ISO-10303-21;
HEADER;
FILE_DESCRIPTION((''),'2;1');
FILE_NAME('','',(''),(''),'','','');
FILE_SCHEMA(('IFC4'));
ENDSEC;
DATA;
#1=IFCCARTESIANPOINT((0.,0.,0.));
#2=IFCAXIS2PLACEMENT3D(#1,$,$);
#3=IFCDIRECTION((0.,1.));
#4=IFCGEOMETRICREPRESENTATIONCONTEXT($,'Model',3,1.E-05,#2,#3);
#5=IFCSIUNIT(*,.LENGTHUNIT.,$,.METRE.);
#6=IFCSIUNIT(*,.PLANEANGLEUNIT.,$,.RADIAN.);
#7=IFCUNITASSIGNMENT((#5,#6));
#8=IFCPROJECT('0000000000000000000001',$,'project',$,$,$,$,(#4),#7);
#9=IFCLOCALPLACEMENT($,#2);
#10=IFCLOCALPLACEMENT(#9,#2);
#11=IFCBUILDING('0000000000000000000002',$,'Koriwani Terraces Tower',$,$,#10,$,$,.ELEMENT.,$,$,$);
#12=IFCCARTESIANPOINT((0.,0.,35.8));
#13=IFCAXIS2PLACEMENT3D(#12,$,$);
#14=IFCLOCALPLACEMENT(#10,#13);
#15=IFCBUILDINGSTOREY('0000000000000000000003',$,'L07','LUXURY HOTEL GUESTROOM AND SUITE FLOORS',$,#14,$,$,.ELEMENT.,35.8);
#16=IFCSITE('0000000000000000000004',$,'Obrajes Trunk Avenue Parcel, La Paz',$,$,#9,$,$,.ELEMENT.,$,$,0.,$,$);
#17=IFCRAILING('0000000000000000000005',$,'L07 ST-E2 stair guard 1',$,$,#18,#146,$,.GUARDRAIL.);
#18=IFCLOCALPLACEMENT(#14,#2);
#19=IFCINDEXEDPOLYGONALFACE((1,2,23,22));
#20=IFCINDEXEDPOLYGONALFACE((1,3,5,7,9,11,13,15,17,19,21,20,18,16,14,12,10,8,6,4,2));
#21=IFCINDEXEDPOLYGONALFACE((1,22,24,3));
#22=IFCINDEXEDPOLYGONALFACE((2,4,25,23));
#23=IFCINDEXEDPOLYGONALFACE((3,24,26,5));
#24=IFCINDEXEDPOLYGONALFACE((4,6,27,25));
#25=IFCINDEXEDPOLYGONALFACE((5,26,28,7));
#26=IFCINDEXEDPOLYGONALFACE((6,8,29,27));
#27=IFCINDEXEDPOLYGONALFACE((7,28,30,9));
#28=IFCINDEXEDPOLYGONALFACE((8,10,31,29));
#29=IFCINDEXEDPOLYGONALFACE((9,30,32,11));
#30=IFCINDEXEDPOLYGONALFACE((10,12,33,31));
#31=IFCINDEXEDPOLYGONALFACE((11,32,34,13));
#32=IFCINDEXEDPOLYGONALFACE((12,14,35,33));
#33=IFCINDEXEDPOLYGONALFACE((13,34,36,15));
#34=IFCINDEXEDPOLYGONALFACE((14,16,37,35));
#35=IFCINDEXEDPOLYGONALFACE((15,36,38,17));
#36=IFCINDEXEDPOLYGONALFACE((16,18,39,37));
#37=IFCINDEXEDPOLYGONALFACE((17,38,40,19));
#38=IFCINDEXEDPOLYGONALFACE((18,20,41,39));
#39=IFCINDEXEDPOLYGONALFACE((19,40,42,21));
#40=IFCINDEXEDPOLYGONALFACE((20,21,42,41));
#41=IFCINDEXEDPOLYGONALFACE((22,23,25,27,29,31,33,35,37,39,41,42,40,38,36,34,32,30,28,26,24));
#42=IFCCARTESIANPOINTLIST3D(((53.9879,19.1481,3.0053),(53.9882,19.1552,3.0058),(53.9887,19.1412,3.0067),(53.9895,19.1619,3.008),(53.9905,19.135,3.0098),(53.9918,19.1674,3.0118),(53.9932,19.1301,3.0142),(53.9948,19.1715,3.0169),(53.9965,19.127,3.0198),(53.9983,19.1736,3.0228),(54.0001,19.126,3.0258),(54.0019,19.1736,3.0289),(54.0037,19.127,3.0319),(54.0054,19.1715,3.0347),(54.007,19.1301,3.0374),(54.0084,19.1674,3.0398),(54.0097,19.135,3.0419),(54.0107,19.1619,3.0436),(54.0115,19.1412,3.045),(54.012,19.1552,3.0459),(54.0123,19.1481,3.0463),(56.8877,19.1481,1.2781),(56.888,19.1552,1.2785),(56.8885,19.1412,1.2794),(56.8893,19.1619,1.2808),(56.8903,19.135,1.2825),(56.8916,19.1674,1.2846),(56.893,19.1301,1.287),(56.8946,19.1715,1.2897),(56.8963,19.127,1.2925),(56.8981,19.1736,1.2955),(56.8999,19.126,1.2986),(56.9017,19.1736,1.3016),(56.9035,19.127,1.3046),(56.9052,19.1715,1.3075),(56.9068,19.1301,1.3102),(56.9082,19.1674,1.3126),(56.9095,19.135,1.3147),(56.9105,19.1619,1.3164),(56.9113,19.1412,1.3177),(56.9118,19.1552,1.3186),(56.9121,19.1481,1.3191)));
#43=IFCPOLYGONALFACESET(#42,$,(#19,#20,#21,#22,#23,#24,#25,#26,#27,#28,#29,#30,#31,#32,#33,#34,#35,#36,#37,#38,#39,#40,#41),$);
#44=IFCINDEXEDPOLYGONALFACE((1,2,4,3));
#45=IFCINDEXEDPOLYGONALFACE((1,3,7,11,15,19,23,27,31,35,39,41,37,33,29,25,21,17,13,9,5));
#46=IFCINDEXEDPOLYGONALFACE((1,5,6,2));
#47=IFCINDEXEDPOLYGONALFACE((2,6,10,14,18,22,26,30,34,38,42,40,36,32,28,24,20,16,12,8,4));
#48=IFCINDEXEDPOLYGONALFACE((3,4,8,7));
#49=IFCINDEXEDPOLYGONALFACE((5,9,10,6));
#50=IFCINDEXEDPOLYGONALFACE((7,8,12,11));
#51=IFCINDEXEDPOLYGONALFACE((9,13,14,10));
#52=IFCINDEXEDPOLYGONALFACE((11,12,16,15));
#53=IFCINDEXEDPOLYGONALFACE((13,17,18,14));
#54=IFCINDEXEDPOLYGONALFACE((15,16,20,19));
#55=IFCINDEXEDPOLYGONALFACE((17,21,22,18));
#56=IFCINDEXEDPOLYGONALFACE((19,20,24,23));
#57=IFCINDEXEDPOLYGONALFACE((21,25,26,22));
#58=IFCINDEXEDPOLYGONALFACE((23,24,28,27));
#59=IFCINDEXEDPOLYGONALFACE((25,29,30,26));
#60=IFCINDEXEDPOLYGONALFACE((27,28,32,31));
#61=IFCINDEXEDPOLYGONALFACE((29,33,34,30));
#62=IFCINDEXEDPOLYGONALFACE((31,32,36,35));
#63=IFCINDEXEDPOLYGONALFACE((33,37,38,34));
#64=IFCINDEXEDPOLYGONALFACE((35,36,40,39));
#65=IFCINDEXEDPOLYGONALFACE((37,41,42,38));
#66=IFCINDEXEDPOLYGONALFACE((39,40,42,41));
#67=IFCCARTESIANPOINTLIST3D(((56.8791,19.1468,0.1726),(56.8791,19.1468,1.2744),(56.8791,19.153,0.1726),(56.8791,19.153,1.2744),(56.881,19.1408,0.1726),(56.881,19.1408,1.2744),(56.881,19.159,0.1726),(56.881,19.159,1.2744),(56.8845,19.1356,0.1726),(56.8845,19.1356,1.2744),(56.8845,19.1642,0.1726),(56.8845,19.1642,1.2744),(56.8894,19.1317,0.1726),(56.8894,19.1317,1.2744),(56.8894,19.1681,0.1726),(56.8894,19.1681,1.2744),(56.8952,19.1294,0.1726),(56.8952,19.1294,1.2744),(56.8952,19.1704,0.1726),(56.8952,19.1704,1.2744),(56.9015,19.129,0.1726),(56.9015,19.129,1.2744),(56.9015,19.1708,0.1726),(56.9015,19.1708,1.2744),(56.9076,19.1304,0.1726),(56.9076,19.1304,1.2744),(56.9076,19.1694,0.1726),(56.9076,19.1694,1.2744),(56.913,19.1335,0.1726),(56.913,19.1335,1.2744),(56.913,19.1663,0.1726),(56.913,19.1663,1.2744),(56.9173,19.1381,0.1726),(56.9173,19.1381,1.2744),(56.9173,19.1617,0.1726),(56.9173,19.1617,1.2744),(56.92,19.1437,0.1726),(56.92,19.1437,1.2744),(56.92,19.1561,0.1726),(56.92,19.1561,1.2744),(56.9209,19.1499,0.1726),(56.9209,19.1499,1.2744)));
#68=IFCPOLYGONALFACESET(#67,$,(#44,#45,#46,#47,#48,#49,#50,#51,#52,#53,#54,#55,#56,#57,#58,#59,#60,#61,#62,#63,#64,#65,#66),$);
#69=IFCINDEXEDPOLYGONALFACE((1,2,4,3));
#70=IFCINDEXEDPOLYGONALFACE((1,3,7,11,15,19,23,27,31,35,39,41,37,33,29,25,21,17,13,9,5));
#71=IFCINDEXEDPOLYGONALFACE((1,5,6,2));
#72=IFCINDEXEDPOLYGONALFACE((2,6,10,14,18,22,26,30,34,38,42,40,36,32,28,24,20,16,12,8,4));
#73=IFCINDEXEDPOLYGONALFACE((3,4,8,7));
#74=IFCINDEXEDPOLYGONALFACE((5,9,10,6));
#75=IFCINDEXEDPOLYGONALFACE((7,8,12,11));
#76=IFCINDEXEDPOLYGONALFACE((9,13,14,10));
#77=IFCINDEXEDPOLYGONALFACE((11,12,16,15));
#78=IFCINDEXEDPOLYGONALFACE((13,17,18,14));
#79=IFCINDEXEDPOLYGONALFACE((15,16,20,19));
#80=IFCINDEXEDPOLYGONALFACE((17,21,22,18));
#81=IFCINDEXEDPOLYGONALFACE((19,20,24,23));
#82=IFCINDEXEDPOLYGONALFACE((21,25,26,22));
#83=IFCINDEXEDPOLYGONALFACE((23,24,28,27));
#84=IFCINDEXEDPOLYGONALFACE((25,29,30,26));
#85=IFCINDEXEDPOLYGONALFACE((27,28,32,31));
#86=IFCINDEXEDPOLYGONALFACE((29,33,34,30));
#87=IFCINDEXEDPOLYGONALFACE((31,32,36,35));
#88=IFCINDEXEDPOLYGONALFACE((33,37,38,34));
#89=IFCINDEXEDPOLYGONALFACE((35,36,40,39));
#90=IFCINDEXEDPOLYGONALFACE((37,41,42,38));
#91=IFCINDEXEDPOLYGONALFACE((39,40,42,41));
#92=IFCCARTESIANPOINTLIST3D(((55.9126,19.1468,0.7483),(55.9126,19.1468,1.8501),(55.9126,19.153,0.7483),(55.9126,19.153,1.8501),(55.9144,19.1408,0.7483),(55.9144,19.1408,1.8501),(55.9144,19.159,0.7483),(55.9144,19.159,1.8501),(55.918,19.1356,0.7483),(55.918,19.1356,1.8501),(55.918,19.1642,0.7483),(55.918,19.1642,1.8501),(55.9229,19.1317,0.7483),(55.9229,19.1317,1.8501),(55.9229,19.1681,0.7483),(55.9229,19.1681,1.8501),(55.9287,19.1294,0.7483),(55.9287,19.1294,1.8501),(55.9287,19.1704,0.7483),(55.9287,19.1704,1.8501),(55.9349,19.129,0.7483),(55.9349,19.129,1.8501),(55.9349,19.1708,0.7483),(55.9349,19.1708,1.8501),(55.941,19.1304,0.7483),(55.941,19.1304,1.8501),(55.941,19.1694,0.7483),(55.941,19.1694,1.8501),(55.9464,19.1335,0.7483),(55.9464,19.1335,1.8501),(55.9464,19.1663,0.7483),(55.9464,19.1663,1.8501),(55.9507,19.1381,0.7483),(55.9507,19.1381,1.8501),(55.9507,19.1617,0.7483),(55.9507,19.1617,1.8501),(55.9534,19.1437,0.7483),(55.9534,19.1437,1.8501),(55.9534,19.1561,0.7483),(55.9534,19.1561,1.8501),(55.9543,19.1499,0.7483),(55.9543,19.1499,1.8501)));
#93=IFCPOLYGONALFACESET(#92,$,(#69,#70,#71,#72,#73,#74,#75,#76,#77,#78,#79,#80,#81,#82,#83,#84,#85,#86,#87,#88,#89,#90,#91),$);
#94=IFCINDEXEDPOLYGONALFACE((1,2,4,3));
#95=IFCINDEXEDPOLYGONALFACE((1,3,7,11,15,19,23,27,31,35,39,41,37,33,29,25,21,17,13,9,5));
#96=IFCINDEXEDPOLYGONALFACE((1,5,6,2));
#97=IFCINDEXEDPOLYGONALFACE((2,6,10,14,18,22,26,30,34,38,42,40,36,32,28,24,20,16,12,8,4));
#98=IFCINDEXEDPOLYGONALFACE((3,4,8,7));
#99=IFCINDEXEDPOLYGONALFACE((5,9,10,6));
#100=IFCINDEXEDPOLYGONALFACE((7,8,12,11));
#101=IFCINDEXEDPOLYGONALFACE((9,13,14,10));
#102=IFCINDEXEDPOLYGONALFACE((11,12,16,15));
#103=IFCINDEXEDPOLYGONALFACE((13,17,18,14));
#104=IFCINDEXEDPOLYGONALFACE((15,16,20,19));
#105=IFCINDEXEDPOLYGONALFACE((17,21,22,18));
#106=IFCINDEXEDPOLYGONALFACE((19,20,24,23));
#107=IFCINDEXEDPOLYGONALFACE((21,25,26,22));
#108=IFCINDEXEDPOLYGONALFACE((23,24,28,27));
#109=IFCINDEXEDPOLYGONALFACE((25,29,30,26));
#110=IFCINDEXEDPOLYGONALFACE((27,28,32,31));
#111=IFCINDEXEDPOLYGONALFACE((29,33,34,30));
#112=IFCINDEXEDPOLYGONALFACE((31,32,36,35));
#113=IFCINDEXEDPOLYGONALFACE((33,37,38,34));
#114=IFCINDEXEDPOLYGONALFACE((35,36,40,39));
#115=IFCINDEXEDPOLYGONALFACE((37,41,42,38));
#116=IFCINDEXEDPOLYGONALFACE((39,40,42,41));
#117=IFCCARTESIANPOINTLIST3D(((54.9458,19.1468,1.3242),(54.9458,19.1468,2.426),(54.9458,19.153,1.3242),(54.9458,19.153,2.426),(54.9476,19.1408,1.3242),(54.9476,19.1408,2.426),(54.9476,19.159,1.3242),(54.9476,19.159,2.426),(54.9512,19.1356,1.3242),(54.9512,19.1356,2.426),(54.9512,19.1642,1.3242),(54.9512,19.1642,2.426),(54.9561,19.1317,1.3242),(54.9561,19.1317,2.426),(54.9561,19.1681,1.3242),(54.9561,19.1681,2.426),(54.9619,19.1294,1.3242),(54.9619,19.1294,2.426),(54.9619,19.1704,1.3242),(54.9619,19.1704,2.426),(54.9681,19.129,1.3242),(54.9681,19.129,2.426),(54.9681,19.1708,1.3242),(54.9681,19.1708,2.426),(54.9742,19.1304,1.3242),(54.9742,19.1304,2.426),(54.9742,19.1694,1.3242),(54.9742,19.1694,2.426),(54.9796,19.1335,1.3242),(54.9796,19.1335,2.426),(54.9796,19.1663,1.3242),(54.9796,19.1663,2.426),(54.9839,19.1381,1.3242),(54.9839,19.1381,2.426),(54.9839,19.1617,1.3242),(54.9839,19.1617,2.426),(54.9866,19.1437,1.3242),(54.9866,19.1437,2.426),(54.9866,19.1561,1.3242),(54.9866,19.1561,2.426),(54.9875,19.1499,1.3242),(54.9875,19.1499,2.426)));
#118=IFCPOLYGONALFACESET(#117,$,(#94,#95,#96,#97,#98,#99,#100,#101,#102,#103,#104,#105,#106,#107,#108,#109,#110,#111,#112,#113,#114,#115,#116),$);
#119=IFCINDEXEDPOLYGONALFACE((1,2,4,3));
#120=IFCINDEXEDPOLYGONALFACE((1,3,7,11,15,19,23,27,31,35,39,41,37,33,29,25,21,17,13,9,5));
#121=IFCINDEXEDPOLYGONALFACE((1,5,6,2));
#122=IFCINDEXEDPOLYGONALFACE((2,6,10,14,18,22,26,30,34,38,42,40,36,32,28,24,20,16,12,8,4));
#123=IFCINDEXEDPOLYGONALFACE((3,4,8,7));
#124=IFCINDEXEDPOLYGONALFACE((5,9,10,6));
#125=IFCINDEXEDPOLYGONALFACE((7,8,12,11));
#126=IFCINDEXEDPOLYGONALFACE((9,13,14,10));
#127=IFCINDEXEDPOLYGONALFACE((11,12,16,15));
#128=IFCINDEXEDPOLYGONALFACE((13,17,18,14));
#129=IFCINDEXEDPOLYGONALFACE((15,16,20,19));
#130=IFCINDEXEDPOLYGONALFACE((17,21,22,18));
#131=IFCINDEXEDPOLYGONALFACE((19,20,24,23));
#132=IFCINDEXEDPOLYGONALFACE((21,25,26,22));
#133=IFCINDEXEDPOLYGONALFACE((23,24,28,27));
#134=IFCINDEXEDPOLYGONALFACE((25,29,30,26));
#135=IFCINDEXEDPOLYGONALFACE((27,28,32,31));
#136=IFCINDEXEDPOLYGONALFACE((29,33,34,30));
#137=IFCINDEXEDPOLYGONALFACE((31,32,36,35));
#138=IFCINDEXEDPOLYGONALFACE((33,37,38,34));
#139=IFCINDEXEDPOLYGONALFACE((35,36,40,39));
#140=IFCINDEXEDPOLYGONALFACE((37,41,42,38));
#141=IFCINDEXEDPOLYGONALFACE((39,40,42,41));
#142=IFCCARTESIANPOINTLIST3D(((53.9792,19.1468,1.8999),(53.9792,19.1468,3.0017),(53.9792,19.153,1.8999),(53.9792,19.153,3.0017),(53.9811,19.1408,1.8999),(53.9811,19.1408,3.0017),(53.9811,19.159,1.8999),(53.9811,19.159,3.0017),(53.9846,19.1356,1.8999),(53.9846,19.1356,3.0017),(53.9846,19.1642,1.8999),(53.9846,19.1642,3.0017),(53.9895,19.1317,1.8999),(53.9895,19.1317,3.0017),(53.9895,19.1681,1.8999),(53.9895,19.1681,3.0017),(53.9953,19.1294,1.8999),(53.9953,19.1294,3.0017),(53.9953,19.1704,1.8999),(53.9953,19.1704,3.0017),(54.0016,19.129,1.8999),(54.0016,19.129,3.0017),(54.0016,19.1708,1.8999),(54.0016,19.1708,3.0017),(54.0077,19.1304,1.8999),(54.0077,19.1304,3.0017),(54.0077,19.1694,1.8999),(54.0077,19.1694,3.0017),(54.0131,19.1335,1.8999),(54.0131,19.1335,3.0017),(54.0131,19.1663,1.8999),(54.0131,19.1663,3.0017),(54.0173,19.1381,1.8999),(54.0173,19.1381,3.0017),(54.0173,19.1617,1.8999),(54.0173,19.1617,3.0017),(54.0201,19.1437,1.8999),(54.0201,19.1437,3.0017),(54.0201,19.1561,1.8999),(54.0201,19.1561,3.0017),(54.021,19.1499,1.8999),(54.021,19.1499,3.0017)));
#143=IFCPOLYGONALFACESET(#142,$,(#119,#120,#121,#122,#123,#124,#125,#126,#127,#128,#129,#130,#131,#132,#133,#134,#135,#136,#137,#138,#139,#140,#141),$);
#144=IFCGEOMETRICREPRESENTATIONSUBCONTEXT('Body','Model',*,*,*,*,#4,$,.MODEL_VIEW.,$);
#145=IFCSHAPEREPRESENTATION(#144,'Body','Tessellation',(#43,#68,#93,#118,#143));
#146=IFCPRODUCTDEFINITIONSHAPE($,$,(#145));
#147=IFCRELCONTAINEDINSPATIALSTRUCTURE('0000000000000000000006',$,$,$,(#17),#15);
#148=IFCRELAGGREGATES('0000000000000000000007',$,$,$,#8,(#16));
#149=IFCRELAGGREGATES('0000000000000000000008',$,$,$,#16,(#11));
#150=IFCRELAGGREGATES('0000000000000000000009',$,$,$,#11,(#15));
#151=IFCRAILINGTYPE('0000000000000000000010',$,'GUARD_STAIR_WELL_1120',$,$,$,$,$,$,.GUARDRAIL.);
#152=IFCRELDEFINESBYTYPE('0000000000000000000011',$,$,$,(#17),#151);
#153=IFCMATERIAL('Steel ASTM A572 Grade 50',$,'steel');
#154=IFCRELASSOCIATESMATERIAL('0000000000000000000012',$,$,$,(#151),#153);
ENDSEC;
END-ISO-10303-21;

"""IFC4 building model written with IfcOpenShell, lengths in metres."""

from ifc_helpers import new_model, si_unit, direction, frame, origin, origin_2d, place, context, subcontext, project, spatial, circle, extrude, material, type_object, element, save


model = new_model("IFC4")

# Units and contexts
model_context = context("Model", 3, precision=1e-05, world=origin(), true_north=direction((0.0, 1.0)))
body_context = subcontext(model_context, "Body", "Model", "MODEL_VIEW")
ifc_project = project(units=[si_unit("LENGTHUNIT", "METRE"), si_unit("PLANEANGLEUNIT", "RADIAN")], contexts=[model_context])

# Site, building, storey
site_placement = place(None, origin())
site = spatial("IfcSite", under=ifc_project, at=site_placement, Name="Obrajes Trunk Avenue Parcel, La Paz", CompositionType="ELEMENT", RefElevation=0.0)
building_placement = place(site_placement, origin())
building = spatial("IfcBuilding", under=site, at=building_placement, Name="Koriwani Terraces Tower", CompositionType="ELEMENT")
storey_placement = place(building_placement, frame((0.0, 0.0, 35.8)))
storey = spatial("IfcBuildingStorey", under=building, at=storey_placement, Name="L07", Description="LUXURY HOTEL GUESTROOM AND SUITE FLOORS", CompositionType="ELEMENT", Elevation=35.8)

# Shared definitions
ifc_material_1 = material(Name="Steel ASTM A572 Grade 50", Category="steel")

# Railing
railing_type_1 = type_object("IfcRailingType", Name="GUARD_STAIR_WELL_1120", PredefinedType="GUARDRAIL", material=ifc_material_1)
railing_1_placement = place(storey_placement, frame((56.8999, 19.1499, 0.1726)))
element("IfcRailing", 1, at=railing_1_placement, inside=storey, type_object=railing_type_1, Name="L07 ST-E2 stair guard 1", PredefinedType="GUARDRAIL", context=body_context, shape_type="SweptSolid", body=[
    extrude(circle(Radius=0.0239, at=origin_2d()), frame((0.0, 0.0, 1.126), z_axis=(-0.859141, 0.0, 0.511738), x_axis=(0.0, -1.0, 0.0)), (0.0, 0.0, 1.0), 3.3752),
    extrude(circle(Radius=0.021, at=origin_2d()), origin(), (0.0, 0.0, 1.0), 1.1018),
    extrude(circle(Radius=0.021, at=origin_2d()), frame((-0.9666, 0.0, 0.5757)), (0.0, 0.0, 1.0), 1.1018),
    extrude(circle(Radius=0.021, at=origin_2d()), frame((-1.9333, 0.0, 1.1516)), (0.0, 0.0, 1.0), 1.1018),
    extrude(circle(Radius=0.021, at=origin_2d()), frame((-2.8999, 0.0, 1.7273)), (0.0, 0.0, 1.0), 1.1018),
])

save(model, "model.ifc")
